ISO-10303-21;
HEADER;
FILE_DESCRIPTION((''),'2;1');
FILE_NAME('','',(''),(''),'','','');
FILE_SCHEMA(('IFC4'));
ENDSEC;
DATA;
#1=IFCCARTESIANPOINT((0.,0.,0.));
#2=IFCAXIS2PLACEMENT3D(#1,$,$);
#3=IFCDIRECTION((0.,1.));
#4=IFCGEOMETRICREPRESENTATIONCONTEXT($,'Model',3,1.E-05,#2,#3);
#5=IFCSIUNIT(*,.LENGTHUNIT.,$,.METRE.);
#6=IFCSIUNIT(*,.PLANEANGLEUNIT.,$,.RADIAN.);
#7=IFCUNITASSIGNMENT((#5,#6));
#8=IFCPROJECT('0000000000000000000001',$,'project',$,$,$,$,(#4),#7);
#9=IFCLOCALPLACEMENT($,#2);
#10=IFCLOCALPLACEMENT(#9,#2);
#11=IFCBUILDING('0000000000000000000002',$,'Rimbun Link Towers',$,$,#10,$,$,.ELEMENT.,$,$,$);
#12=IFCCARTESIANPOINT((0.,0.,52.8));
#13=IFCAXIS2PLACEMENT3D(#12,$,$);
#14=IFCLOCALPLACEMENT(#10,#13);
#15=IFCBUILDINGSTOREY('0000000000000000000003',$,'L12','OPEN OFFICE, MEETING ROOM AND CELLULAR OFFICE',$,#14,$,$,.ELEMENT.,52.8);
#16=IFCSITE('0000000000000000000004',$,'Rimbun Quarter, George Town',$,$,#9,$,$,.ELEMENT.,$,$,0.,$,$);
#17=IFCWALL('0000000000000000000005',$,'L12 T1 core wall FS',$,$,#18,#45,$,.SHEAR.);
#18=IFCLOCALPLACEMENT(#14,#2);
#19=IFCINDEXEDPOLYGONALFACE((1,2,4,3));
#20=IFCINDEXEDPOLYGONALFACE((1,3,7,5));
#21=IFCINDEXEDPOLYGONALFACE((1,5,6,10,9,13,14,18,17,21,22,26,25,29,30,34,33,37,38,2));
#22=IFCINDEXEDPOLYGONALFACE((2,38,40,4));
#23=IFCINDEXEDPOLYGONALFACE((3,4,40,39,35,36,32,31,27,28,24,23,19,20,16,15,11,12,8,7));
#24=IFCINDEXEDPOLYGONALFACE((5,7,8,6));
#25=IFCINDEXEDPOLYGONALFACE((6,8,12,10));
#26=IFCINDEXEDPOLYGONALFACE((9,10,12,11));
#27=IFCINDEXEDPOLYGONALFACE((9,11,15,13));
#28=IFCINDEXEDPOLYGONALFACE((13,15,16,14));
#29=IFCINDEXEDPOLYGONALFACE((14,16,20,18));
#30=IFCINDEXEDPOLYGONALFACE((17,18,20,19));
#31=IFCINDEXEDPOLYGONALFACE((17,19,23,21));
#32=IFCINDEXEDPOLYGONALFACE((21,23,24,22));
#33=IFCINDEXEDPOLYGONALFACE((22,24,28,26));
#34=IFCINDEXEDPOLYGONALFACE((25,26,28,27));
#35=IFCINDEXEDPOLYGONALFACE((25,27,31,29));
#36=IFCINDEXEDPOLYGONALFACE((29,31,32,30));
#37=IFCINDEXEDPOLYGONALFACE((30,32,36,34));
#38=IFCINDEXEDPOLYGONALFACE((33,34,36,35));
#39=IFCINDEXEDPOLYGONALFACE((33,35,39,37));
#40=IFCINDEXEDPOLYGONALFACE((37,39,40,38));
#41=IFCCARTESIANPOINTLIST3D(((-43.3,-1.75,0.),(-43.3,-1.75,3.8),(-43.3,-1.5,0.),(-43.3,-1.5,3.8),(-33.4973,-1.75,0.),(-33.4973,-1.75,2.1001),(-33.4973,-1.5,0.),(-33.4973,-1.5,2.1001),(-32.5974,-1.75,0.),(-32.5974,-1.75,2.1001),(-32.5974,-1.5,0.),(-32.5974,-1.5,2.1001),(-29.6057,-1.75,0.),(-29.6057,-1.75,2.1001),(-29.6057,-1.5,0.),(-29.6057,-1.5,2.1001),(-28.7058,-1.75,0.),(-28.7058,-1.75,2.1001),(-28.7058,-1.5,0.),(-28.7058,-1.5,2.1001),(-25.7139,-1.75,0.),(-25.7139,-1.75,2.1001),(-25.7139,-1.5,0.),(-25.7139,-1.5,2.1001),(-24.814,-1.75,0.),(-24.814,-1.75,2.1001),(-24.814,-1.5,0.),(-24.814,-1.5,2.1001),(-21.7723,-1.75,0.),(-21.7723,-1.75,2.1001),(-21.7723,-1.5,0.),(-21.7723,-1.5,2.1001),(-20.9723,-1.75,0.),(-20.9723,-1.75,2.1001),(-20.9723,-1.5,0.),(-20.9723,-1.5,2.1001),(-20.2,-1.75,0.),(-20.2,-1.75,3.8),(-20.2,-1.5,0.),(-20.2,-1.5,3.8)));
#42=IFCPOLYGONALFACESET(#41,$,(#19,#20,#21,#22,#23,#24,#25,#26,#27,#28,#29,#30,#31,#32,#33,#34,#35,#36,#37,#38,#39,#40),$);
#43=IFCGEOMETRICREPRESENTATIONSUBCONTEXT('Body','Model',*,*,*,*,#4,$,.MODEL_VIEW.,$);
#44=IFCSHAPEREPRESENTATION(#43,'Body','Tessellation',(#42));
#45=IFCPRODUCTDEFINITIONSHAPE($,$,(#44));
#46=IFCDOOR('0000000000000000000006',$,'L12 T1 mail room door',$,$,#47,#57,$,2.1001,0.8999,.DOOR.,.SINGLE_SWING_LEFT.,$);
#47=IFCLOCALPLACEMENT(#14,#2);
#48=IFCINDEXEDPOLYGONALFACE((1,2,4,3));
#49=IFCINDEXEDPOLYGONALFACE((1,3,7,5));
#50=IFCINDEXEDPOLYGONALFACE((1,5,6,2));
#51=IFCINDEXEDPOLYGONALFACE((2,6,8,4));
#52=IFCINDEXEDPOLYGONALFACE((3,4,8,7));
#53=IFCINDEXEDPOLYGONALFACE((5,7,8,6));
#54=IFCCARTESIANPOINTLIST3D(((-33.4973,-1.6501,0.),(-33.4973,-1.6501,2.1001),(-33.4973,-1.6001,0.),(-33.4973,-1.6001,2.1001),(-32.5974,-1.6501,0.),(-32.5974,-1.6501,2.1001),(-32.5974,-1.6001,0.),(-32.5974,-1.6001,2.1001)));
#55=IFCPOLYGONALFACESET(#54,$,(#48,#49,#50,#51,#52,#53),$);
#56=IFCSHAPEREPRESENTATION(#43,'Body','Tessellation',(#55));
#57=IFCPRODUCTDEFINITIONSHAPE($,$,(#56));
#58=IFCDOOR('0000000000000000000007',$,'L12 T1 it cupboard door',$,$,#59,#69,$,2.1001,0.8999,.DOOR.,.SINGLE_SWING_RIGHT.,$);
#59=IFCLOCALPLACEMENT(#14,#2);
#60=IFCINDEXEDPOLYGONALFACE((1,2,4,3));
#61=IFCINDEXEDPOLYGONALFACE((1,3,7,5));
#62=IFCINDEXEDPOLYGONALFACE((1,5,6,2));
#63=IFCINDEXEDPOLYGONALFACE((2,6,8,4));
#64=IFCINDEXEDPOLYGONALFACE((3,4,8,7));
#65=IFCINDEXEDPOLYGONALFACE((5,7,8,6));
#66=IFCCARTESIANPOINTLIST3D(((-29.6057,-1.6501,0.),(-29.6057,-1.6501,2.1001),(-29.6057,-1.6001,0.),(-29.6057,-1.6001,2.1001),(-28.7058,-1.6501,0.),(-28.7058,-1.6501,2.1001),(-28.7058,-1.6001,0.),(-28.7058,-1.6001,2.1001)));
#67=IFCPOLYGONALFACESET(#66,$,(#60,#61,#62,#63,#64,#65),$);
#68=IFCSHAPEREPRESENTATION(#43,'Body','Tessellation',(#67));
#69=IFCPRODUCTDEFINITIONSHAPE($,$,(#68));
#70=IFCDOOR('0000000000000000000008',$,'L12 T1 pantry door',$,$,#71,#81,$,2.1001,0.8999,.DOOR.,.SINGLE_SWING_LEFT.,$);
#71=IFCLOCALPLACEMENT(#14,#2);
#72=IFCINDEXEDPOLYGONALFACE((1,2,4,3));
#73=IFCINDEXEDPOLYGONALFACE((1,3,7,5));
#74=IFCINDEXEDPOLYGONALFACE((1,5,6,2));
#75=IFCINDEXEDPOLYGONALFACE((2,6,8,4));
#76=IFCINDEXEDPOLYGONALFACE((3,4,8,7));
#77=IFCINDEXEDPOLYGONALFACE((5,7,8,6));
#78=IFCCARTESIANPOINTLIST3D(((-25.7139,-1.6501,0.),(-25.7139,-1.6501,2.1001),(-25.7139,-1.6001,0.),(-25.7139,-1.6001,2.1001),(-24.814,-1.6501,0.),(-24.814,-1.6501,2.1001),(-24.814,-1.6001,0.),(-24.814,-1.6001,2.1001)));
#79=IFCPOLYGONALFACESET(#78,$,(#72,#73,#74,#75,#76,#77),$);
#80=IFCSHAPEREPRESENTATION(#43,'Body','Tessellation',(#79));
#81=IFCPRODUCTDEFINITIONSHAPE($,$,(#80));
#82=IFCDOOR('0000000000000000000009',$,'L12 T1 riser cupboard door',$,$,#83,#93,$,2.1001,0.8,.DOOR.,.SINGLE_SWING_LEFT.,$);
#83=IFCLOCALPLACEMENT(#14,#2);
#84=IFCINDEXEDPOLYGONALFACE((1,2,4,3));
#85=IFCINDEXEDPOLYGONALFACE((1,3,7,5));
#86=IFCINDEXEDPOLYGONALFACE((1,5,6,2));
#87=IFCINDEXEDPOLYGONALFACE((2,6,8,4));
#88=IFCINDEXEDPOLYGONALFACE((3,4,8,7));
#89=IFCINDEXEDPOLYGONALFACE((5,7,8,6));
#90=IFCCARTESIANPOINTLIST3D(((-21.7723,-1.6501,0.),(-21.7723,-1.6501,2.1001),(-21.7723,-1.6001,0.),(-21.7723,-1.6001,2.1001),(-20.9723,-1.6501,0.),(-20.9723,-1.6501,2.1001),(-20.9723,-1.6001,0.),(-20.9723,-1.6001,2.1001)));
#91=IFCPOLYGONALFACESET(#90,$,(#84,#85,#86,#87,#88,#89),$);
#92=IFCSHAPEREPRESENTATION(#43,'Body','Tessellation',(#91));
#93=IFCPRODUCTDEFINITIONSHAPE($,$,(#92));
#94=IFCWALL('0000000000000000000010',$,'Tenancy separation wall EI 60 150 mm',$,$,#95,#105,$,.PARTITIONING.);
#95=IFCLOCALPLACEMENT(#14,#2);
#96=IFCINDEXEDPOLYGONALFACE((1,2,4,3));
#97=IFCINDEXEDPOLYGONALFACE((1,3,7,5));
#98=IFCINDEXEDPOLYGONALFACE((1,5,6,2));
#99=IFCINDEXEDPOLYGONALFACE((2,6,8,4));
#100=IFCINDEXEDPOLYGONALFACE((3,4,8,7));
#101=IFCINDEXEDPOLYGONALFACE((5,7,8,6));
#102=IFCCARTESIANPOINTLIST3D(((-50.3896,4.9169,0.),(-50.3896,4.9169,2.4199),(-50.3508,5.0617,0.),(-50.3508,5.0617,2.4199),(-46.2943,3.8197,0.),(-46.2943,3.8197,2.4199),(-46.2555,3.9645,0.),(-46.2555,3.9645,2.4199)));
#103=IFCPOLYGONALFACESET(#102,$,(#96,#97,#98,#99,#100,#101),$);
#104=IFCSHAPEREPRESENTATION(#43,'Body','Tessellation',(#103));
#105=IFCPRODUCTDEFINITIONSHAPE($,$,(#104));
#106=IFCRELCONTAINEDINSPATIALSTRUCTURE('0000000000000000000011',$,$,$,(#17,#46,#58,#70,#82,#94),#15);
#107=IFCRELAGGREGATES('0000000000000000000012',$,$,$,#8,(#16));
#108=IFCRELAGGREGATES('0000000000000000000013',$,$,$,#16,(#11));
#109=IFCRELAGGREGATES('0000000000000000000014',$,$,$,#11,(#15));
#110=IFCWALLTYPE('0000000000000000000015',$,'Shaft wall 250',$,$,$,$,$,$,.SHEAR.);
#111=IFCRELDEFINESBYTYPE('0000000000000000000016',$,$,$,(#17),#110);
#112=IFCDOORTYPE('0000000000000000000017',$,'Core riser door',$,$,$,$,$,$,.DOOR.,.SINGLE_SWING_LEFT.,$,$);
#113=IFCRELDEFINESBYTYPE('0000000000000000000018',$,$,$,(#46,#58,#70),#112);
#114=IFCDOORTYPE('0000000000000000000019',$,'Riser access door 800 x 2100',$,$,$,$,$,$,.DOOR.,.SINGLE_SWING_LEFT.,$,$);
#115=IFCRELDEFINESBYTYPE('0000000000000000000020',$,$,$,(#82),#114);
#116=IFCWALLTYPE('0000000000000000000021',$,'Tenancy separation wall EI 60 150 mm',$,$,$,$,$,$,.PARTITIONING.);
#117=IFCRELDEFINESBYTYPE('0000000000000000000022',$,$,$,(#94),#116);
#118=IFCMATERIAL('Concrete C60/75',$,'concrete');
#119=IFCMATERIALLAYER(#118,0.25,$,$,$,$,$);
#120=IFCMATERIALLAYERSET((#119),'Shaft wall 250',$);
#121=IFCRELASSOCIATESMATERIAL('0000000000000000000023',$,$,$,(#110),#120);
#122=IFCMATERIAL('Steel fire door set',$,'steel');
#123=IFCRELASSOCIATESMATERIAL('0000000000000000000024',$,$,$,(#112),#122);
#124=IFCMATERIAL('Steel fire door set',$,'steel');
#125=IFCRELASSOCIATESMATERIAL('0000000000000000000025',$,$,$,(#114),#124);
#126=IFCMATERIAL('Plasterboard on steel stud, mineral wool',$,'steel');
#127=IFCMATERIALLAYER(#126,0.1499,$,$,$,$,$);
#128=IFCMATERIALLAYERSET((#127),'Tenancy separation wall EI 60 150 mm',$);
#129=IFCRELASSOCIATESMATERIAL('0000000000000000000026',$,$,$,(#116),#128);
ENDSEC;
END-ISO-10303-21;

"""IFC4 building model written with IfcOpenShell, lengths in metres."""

from ifc_helpers import new_model, si_unit, direction, frame, frame_2d, origin, place, context, subcontext, project, spatial, rectangle, extrude, material, layer, layer_set, type_object, element, fill, save


model = new_model("IFC4")

# Units and contexts
model_context = context("Model", 3, precision=1e-05, world=origin(), true_north=direction((0.0, 1.0)))
body_context = subcontext(model_context, "Body", "Model", "MODEL_VIEW")
ifc_project = project(units=[si_unit("LENGTHUNIT", "METRE"), si_unit("PLANEANGLEUNIT", "RADIAN")], contexts=[model_context])

# Site, building, storey
site_placement = place(None, origin())
site = spatial("IfcSite", under=ifc_project, at=site_placement, Name="Rimbun Quarter, George Town", CompositionType="ELEMENT", RefElevation=0.0)
building_placement = place(site_placement, origin())
building = spatial("IfcBuilding", under=site, at=building_placement, Name="Rimbun Link Towers", CompositionType="ELEMENT")
storey_placement = place(building_placement, frame((0.0, 0.0, 52.8)))
storey = spatial("IfcBuildingStorey", under=building, at=storey_placement, Name="L12", Description="OPEN OFFICE, MEETING ROOM AND CELLULAR OFFICE", CompositionType="ELEMENT", Elevation=52.8)

# Shared definitions
ifc_material_1 = material(Name="Concrete C60/75", Category="concrete")
ifc_layer_1 = layer(ifc_material_1, 0.25)
ifc_layer_set_1 = layer_set([ifc_layer_1], Name="Shaft wall 250")
wall_type_1 = type_object("IfcWallType", Name="Shaft wall 250", PredefinedType="SHEAR", material=ifc_layer_set_1)

# Wall, openings, doors
wall_1_placement = place(storey_placement, frame((-43.3, -1.625, 0.0), z_axis=(0.0, 0.0, 1.0), x_axis=(1.0, 0.0, 0.0)))
wall_1 = element("IfcWall", 1, at=wall_1_placement, inside=storey, type_object=wall_type_1, Name="L12 T1 core wall FS", PredefinedType="SHEAR", context=body_context, shape_type="SweptSolid", body=[
    extrude(rectangle(XDim=23.1001, YDim=0.25, at=frame_2d((11.55, 0.0))), origin(), (0.0, 0.0, 1.0), 3.8),
])
opening_1_placement = place(wall_1_placement, frame((9.8027, 0.0, 0.0)))
opening_1 = element("IfcOpeningElement", 2, at=opening_1_placement, cuts=wall_1, PredefinedType="OPENING", context=body_context, shape_type="SweptSolid", body=[
    extrude(rectangle(XDim=0.8999, YDim=2.1001, at=frame_2d((0.45, 1.05))), frame((0.0, 0.135, 0.0), z_axis=(0.0, -1.0, 0.0), x_axis=(1.0, 0.0, 0.0)), (0.0, 0.0, 1.0), 0.27),
])
opening_2_placement = place(wall_1_placement, frame((13.6943, 0.0, 0.0)))
opening_2 = element("IfcOpeningElement", 3, at=opening_2_placement, cuts=wall_1, PredefinedType="OPENING", context=body_context, shape_type="SweptSolid", body=[
    extrude(rectangle(XDim=0.8999, YDim=2.1001, at=frame_2d((0.45, 1.05))), frame((0.0, 0.135, 0.0), z_axis=(0.0, -1.0, 0.0), x_axis=(1.0, 0.0, 0.0)), (0.0, 0.0, 1.0), 0.27),
])
opening_3_placement = place(wall_1_placement, frame((17.5862, 0.0, 0.0)))
opening_3 = element("IfcOpeningElement", 4, at=opening_3_placement, cuts=wall_1, PredefinedType="OPENING", context=body_context, shape_type="SweptSolid", body=[
    extrude(rectangle(XDim=0.8999, YDim=2.1001, at=frame_2d((0.45, 1.05))), frame((0.0, 0.135, 0.0), z_axis=(0.0, -1.0, 0.0), x_axis=(1.0, 0.0, 0.0)), (0.0, 0.0, 1.0), 0.27),
])
opening_4_placement = place(wall_1_placement, frame((21.5278, 0.0, 0.0)))
opening_4 = element("IfcOpeningElement", 5, at=opening_4_placement, cuts=wall_1, PredefinedType="OPENING", context=body_context, shape_type="SweptSolid", body=[
    extrude(rectangle(XDim=0.8, YDim=2.1001, at=frame_2d((0.3999, 1.05))), frame((0.0, 0.135, 0.0), z_axis=(0.0, -1.0, 0.0), x_axis=(1.0, 0.0, 0.0)), (0.0, 0.0, 1.0), 0.27),
])
ifc_material_2 = material(Name="Steel fire door set", Category="steel")
door_type_1 = type_object("IfcDoorType", Name="Core riser door", OperationType="SINGLE_SWING_LEFT", PredefinedType="DOOR", material=ifc_material_2)
door_1_placement = place(opening_1_placement, origin())
door_1 = element("IfcDoor", 6, at=door_1_placement, inside=storey, type_object=door_type_1, Name="L12 T1 mail room door", OperationType="SINGLE_SWING_LEFT", OverallHeight=2.1001, OverallWidth=0.8999, PredefinedType="DOOR", context=body_context, shape_type="SweptSolid", body=[
    extrude(rectangle(XDim=0.8999, YDim=2.1001, at=frame_2d((0.45, 1.05))), frame((0.0, 0.0249, 0.0), z_axis=(0.0, -1.0, 0.0), x_axis=(1.0, 0.0, 0.0)), (0.0, 0.0, 1.0), 0.05),
])
fill(opening_1, door_1)
door_2_placement = place(opening_2_placement, origin())
door_2 = element("IfcDoor", 7, at=door_2_placement, inside=storey, type_object=door_type_1, Name="L12 T1 it cupboard door", OperationType="SINGLE_SWING_RIGHT", OverallHeight=2.1001, OverallWidth=0.8999, PredefinedType="DOOR", context=body_context, shape_type="SweptSolid", body=[
    extrude(rectangle(XDim=0.8999, YDim=2.1001, at=frame_2d((0.45, 1.05))), frame((0.0, 0.0249, 0.0), z_axis=(0.0, -1.0, 0.0), x_axis=(1.0, 0.0, 0.0)), (0.0, 0.0, 1.0), 0.05),
])
fill(opening_2, door_2)
door_3_placement = place(opening_3_placement, origin())
door_3 = element("IfcDoor", 8, at=door_3_placement, inside=storey, type_object=door_type_1, Name="L12 T1 pantry door", OperationType="SINGLE_SWING_LEFT", OverallHeight=2.1001, OverallWidth=0.8999, PredefinedType="DOOR", context=body_context, shape_type="SweptSolid", body=[
    extrude(rectangle(XDim=0.8999, YDim=2.1001, at=frame_2d((0.45, 1.05))), frame((0.0, 0.0249, 0.0), z_axis=(0.0, -1.0, 0.0), x_axis=(1.0, 0.0, 0.0)), (0.0, 0.0, 1.0), 0.05),
])
fill(opening_3, door_3)
ifc_material_3 = material(Name="Steel fire door set", Category="steel")
door_type_2 = type_object("IfcDoorType", Name="Riser access door 800 x 2100", OperationType="SINGLE_SWING_LEFT", PredefinedType="DOOR", material=ifc_material_3)
door_4_placement = place(opening_4_placement, origin())
door_4 = element("IfcDoor", 9, at=door_4_placement, inside=storey, type_object=door_type_2, Name="L12 T1 riser cupboard door", OperationType="SINGLE_SWING_LEFT", OverallHeight=2.1001, OverallWidth=0.8, PredefinedType="DOOR", context=body_context, shape_type="SweptSolid", body=[
    extrude(rectangle(XDim=0.8, YDim=2.1001, at=frame_2d((0.3999, 1.05))), frame((0.0, 0.0249, 0.0), z_axis=(0.0, -1.0, 0.0), x_axis=(1.0, 0.0, 0.0)), (0.0, 0.0, 1.0), 0.05),
])
fill(opening_4, door_4)

# Wall
ifc_material_4 = material(Name="Plasterboard on steel stud, mineral wool", Category="steel")
ifc_layer_2 = layer(ifc_material_4, 0.1499)
ifc_layer_set_2 = layer_set([ifc_layer_2], Name="Tenancy separation wall EI 60 150 mm")
wall_type_2 = type_object("IfcWallType", Name="Tenancy separation wall EI 60 150 mm", PredefinedType="PARTITIONING", material=ifc_layer_set_2)
wall_2_placement = place(storey_placement, frame((-46.2749, 3.8921, 0.0), z_axis=(0.0, 0.0, 1.0), x_axis=(-0.965934, 0.258788, 0.0)))
element("IfcWall", 10, at=wall_2_placement, inside=storey, type_object=wall_type_2, Name="Tenancy separation wall EI 60 150 mm", PredefinedType="PARTITIONING", context=body_context, shape_type="SweptSolid", body=[
    extrude(rectangle(XDim=4.2397, YDim=0.1499, at=frame_2d((2.1199, 0.0))), origin(), (0.0, 0.0, 1.0), 2.4199),
])

save(model, "model.ifc")
